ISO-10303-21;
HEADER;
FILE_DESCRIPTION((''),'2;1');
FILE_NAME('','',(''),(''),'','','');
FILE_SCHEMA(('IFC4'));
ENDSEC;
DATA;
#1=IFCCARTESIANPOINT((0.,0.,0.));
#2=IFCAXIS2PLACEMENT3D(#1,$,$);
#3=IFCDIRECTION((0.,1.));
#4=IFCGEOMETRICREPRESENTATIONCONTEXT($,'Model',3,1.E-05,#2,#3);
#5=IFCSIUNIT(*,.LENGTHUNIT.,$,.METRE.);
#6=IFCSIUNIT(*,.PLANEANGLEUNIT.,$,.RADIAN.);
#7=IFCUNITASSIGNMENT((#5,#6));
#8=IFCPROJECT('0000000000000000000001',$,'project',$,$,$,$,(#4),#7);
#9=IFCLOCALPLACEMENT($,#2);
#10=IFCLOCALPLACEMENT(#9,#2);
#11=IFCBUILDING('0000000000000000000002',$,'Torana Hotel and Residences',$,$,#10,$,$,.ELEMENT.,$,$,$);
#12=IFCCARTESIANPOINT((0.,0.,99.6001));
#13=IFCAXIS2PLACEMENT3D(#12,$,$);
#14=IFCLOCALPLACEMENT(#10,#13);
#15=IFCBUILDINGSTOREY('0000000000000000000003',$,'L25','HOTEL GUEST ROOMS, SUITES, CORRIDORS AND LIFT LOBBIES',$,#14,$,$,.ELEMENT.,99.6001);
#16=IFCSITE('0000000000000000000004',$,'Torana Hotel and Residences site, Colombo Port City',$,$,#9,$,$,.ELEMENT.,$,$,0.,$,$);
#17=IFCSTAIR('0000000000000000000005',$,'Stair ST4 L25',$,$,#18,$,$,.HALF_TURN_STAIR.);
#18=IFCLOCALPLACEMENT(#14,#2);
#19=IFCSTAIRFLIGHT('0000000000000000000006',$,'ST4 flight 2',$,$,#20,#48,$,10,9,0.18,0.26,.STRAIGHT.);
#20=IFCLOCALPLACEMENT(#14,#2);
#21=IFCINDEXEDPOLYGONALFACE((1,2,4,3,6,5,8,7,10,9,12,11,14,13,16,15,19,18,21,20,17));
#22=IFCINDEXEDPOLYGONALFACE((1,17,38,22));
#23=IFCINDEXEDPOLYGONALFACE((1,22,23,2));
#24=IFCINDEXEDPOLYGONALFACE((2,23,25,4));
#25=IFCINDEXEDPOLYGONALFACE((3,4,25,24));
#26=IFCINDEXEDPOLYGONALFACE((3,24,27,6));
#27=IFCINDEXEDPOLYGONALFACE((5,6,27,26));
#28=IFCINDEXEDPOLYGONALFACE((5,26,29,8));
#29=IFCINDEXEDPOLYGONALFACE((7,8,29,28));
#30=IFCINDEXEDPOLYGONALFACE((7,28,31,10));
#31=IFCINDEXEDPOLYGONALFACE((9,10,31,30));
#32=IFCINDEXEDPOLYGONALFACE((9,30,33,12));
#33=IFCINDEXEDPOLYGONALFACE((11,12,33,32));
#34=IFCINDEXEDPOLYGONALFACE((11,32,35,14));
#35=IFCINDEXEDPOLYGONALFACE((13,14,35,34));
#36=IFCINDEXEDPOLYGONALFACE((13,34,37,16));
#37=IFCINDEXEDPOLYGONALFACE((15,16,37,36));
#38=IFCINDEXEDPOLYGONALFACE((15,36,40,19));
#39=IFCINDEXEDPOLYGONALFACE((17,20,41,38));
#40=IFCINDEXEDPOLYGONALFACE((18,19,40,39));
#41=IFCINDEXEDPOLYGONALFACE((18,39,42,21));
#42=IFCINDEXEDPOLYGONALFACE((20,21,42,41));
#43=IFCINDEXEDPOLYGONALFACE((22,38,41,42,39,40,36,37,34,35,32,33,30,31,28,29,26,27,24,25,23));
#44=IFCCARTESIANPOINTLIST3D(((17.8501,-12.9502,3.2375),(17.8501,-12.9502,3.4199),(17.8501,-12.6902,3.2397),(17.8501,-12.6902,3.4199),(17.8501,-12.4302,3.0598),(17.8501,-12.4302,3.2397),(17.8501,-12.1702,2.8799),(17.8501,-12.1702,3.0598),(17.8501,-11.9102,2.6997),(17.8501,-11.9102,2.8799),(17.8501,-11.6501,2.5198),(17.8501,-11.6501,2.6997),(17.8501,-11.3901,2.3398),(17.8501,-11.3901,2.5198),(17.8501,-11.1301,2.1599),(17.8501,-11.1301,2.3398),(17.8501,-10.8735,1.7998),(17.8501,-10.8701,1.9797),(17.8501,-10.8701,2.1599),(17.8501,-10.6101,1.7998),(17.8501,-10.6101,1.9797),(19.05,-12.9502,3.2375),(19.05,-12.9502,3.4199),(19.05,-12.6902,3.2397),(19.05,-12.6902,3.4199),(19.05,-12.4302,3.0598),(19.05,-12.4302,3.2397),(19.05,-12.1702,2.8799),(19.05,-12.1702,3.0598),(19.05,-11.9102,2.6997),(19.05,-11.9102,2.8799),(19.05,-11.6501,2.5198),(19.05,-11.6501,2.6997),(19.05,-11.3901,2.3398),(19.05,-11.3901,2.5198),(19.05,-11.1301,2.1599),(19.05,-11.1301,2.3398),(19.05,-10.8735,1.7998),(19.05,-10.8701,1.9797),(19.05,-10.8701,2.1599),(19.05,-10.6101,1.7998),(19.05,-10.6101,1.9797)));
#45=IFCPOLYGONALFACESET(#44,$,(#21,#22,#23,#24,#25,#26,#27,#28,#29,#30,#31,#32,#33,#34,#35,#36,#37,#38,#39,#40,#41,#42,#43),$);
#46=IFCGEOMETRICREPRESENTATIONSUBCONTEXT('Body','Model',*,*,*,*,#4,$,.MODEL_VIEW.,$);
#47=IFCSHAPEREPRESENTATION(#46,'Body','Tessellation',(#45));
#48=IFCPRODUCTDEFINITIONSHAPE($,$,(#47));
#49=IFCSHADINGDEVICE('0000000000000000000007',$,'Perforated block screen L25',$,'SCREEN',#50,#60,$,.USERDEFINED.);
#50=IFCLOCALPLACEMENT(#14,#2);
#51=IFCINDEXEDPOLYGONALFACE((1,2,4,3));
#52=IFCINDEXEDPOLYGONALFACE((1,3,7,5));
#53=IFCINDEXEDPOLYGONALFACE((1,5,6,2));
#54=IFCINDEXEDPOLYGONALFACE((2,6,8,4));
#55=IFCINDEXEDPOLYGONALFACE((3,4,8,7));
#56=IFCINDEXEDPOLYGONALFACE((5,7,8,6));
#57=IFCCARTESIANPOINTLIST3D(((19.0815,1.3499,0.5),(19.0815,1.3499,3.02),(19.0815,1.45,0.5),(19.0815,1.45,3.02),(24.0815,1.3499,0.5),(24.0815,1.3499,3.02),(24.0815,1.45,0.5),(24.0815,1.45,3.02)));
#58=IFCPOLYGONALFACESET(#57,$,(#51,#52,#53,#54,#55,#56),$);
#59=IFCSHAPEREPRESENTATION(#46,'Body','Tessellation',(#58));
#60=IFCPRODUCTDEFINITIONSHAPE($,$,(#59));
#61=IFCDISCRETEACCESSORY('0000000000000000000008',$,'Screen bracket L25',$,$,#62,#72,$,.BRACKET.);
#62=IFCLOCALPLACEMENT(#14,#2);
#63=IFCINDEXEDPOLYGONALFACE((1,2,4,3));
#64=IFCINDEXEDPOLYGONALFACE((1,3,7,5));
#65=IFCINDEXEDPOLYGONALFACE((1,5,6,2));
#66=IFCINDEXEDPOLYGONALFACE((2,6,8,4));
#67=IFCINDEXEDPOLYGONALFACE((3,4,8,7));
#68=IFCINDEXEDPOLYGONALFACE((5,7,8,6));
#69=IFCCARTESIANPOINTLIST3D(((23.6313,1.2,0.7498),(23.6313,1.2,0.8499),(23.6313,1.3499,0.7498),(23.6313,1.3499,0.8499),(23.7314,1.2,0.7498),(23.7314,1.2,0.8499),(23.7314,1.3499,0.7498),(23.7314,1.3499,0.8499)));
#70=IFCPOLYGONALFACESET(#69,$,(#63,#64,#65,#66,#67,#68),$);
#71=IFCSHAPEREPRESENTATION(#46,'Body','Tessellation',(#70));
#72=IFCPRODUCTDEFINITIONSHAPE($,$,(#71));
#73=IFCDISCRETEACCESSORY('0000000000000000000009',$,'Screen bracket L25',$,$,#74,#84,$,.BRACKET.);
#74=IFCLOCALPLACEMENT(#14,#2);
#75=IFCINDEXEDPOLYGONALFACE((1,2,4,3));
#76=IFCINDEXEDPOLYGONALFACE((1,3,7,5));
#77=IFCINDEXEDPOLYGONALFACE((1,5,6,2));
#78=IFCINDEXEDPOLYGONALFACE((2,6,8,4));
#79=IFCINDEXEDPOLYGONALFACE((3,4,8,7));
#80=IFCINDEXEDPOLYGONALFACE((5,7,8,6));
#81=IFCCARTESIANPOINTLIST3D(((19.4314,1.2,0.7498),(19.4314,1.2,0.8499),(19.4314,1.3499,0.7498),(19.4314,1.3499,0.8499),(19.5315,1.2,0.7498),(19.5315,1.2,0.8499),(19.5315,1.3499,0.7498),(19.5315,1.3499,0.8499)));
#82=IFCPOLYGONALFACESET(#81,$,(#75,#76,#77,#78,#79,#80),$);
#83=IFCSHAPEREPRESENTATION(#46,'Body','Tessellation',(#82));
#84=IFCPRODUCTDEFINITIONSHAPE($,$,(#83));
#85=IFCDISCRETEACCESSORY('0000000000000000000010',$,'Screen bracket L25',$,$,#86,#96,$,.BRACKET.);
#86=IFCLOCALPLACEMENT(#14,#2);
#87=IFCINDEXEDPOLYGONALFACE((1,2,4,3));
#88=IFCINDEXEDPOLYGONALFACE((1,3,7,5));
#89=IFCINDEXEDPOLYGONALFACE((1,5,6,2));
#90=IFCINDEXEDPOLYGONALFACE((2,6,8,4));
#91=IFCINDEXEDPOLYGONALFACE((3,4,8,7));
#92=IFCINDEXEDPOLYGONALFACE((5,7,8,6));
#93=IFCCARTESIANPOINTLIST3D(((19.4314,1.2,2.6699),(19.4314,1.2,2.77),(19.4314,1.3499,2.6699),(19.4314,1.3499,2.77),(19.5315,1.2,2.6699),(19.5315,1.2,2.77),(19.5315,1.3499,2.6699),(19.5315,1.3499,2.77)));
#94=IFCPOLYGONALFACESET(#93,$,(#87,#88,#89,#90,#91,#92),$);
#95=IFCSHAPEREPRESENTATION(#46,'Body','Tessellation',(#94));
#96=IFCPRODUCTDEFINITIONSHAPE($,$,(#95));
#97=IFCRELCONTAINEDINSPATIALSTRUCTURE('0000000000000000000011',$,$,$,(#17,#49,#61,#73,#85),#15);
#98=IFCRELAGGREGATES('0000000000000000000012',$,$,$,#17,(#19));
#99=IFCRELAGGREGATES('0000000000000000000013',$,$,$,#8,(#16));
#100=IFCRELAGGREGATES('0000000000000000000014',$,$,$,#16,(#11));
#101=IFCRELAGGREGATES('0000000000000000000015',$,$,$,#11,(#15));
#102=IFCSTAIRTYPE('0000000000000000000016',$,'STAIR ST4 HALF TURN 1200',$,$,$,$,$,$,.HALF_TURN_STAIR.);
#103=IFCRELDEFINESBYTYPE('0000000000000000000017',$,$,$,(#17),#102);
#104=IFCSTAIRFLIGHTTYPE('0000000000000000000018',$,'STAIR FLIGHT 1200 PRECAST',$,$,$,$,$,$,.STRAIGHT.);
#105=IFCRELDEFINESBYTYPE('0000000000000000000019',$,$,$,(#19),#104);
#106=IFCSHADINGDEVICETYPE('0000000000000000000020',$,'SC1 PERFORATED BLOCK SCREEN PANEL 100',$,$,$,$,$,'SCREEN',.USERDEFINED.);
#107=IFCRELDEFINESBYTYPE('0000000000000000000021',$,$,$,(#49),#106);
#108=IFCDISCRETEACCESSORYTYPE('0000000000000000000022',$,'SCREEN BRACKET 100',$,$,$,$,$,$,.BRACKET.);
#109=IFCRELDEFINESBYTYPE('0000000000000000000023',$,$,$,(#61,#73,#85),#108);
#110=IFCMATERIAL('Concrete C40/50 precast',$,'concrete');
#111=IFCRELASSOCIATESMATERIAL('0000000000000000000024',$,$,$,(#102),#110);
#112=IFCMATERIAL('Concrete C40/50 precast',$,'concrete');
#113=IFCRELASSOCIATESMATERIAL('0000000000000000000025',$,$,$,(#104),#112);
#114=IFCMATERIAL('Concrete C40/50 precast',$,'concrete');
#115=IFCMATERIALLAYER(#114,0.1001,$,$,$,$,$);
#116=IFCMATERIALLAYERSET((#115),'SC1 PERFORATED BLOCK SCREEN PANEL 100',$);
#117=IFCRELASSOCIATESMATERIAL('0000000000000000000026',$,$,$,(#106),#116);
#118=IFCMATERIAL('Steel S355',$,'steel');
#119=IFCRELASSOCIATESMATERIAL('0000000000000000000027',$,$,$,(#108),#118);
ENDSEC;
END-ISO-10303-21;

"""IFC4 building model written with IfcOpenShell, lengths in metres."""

from ifc_helpers import new_model, si_unit, direction, frame, origin, origin_2d, place, context, subcontext, project, spatial, polyline, rectangle, outline, extrude, material, layer, layer_set, type_object, element, aggregate, save


model = new_model("IFC4")

# Units and contexts
model_context = context("Model", 3, precision=1e-05, world=origin(), true_north=direction((0.0, 1.0)))
body_context = subcontext(model_context, "Body", "Model", "MODEL_VIEW")
ifc_project = project(units=[si_unit("LENGTHUNIT", "METRE"), si_unit("PLANEANGLEUNIT", "RADIAN")], contexts=[model_context])

# Site, building, storey
site_placement = place(None, origin())
site = spatial("IfcSite", under=ifc_project, at=site_placement, Name="Torana Hotel and Residences site, Colombo Port City", CompositionType="ELEMENT", RefElevation=0.0)
building_placement = place(site_placement, origin())
building = spatial("IfcBuilding", under=site, at=building_placement, Name="Torana Hotel and Residences", CompositionType="ELEMENT")
storey_placement = place(building_placement, frame((0.0, 0.0, 99.6001)))
storey = spatial("IfcBuildingStorey", under=building, at=storey_placement, Name="L25", Description="HOTEL GUEST ROOMS, SUITES, CORRIDORS AND LIFT LOBBIES", CompositionType="ELEMENT", Elevation=99.6001)

# Stair, stair flight
ifc_material_1 = material(Name="Concrete C40/50 precast", Category="concrete")
stair_type = type_object("IfcStairType", Name="STAIR ST4 HALF TURN 1200", PredefinedType="HALF_TURN_STAIR", material=ifc_material_1)
stair_placement = place(storey_placement, origin())
stair = element("IfcStair", 1, at=stair_placement, inside=storey, type_object=stair_type, Name="Stair ST4 L25", PredefinedType="HALF_TURN_STAIR")
ifc_material_2 = material(Name="Concrete C40/50 precast", Category="concrete")
stair_flight_type = type_object("IfcStairFlightType", Name="STAIR FLIGHT 1200 PRECAST", PredefinedType="STRAIGHT", material=ifc_material_2)
stair_flight_1_placement = place(storey_placement, frame((18.45, -10.6101, 1.7998), z_axis=(0.0, 0.0, 1.0), x_axis=(0.0, -1.0, 0.0)))
stair_flight_1 = element("IfcStairFlight", 2, at=stair_flight_1_placement, type_object=stair_flight_type, Name="ST4 flight 2", NumberOfRisers=10, NumberOfTreads=9, PredefinedType="STRAIGHT", RiserHeight=0.18, TreadLength=0.26, context=body_context, shape_type="SweptSolid", body=[
    extrude(outline(polyline([(0.0, 0.0), (0.0, 0.1799), (0.26, 0.1799), (0.26, 0.3601), (0.52, 0.3601), (0.52, 0.54), (0.78, 0.54), (0.78, 0.72), (1.04, 0.72), (1.04, 0.8999), (1.3, 0.8999), (1.3, 1.0801), (1.5601, 1.0801), (1.5601, 1.26), (1.8201, 1.26), (1.8201, 1.4399), (2.0801, 1.4399), (2.0801, 1.6201), (2.3401, 1.6201), (2.3401, 1.8), (2.3401, 1.4377), (0.2634, 0.0), (0.0, 0.0)])), frame((0.0, 0.6001, 0.0), z_axis=(0.0, -1.0, 0.0), x_axis=(1.0, 0.0, 0.0)), (0.0, 0.0, 1.0), 1.2),
])
aggregate(stair, [stair_flight_1])

# Shading device
ifc_material_3 = material(Name="Concrete C40/50 precast", Category="concrete")
ifc_layer_1 = layer(ifc_material_3, 0.1001)
ifc_layer_set_1 = layer_set([ifc_layer_1], Name="SC1 PERFORATED BLOCK SCREEN PANEL 100")
shading_device_type = type_object("IfcShadingDeviceType", Name="SC1 PERFORATED BLOCK SCREEN PANEL 100", ElementType="SCREEN", PredefinedType="USERDEFINED", material=ifc_layer_set_1)
shading_device_placement = place(storey_placement, frame((21.5815, 1.3999, 0.5), z_axis=(0.0, 0.0, 1.0), x_axis=(-1.0, 0.0, 0.0)))
element("IfcShadingDevice", 3, at=shading_device_placement, inside=storey, type_object=shading_device_type, Name="Perforated block screen L25", ObjectType="SCREEN", PredefinedType="USERDEFINED", context=body_context, shape_type="SweptSolid", body=[
    extrude(rectangle(XDim=5.0, YDim=0.1001, at=origin_2d()), origin(), (0.0, 0.0, 1.0), 2.52),
])

# Discrete accessories
ifc_material_4 = material(Name="Steel S355", Category="steel")
discrete_accessory_type = type_object("IfcDiscreteAccessoryType", Name="SCREEN BRACKET 100", PredefinedType="BRACKET", material=ifc_material_4)
for number, where, z_axis, x_axis, name in (
    (4, (23.6814, 1.2749, 0.7498), (0.0, 0.0, 1.0), (-1.0, 0.0, 0.0), "Screen bracket L25"),
    (5, (19.4814, 1.2749, 0.7498), (0.0, 0.0, 1.0), (-1.0, 0.0, 0.0), "Screen bracket L25"),
    (6, (19.4814, 1.2749, 2.6699), (0.0, 0.0, 1.0), (-1.0, 0.0, 0.0), "Screen bracket L25"),
):
    element("IfcDiscreteAccessory", number, at=place(storey_placement, frame(where, z_axis=z_axis, x_axis=x_axis)), inside=storey, type_object=discrete_accessory_type, Name=name, PredefinedType="BRACKET", context=body_context, shape_type="SweptSolid", body=[
        extrude(rectangle(XDim=0.1001, YDim=0.1499, at=origin_2d()), origin(), (0.0, 0.0, 1.0), 0.1001),
    ])

save(model, "model.ifc")
